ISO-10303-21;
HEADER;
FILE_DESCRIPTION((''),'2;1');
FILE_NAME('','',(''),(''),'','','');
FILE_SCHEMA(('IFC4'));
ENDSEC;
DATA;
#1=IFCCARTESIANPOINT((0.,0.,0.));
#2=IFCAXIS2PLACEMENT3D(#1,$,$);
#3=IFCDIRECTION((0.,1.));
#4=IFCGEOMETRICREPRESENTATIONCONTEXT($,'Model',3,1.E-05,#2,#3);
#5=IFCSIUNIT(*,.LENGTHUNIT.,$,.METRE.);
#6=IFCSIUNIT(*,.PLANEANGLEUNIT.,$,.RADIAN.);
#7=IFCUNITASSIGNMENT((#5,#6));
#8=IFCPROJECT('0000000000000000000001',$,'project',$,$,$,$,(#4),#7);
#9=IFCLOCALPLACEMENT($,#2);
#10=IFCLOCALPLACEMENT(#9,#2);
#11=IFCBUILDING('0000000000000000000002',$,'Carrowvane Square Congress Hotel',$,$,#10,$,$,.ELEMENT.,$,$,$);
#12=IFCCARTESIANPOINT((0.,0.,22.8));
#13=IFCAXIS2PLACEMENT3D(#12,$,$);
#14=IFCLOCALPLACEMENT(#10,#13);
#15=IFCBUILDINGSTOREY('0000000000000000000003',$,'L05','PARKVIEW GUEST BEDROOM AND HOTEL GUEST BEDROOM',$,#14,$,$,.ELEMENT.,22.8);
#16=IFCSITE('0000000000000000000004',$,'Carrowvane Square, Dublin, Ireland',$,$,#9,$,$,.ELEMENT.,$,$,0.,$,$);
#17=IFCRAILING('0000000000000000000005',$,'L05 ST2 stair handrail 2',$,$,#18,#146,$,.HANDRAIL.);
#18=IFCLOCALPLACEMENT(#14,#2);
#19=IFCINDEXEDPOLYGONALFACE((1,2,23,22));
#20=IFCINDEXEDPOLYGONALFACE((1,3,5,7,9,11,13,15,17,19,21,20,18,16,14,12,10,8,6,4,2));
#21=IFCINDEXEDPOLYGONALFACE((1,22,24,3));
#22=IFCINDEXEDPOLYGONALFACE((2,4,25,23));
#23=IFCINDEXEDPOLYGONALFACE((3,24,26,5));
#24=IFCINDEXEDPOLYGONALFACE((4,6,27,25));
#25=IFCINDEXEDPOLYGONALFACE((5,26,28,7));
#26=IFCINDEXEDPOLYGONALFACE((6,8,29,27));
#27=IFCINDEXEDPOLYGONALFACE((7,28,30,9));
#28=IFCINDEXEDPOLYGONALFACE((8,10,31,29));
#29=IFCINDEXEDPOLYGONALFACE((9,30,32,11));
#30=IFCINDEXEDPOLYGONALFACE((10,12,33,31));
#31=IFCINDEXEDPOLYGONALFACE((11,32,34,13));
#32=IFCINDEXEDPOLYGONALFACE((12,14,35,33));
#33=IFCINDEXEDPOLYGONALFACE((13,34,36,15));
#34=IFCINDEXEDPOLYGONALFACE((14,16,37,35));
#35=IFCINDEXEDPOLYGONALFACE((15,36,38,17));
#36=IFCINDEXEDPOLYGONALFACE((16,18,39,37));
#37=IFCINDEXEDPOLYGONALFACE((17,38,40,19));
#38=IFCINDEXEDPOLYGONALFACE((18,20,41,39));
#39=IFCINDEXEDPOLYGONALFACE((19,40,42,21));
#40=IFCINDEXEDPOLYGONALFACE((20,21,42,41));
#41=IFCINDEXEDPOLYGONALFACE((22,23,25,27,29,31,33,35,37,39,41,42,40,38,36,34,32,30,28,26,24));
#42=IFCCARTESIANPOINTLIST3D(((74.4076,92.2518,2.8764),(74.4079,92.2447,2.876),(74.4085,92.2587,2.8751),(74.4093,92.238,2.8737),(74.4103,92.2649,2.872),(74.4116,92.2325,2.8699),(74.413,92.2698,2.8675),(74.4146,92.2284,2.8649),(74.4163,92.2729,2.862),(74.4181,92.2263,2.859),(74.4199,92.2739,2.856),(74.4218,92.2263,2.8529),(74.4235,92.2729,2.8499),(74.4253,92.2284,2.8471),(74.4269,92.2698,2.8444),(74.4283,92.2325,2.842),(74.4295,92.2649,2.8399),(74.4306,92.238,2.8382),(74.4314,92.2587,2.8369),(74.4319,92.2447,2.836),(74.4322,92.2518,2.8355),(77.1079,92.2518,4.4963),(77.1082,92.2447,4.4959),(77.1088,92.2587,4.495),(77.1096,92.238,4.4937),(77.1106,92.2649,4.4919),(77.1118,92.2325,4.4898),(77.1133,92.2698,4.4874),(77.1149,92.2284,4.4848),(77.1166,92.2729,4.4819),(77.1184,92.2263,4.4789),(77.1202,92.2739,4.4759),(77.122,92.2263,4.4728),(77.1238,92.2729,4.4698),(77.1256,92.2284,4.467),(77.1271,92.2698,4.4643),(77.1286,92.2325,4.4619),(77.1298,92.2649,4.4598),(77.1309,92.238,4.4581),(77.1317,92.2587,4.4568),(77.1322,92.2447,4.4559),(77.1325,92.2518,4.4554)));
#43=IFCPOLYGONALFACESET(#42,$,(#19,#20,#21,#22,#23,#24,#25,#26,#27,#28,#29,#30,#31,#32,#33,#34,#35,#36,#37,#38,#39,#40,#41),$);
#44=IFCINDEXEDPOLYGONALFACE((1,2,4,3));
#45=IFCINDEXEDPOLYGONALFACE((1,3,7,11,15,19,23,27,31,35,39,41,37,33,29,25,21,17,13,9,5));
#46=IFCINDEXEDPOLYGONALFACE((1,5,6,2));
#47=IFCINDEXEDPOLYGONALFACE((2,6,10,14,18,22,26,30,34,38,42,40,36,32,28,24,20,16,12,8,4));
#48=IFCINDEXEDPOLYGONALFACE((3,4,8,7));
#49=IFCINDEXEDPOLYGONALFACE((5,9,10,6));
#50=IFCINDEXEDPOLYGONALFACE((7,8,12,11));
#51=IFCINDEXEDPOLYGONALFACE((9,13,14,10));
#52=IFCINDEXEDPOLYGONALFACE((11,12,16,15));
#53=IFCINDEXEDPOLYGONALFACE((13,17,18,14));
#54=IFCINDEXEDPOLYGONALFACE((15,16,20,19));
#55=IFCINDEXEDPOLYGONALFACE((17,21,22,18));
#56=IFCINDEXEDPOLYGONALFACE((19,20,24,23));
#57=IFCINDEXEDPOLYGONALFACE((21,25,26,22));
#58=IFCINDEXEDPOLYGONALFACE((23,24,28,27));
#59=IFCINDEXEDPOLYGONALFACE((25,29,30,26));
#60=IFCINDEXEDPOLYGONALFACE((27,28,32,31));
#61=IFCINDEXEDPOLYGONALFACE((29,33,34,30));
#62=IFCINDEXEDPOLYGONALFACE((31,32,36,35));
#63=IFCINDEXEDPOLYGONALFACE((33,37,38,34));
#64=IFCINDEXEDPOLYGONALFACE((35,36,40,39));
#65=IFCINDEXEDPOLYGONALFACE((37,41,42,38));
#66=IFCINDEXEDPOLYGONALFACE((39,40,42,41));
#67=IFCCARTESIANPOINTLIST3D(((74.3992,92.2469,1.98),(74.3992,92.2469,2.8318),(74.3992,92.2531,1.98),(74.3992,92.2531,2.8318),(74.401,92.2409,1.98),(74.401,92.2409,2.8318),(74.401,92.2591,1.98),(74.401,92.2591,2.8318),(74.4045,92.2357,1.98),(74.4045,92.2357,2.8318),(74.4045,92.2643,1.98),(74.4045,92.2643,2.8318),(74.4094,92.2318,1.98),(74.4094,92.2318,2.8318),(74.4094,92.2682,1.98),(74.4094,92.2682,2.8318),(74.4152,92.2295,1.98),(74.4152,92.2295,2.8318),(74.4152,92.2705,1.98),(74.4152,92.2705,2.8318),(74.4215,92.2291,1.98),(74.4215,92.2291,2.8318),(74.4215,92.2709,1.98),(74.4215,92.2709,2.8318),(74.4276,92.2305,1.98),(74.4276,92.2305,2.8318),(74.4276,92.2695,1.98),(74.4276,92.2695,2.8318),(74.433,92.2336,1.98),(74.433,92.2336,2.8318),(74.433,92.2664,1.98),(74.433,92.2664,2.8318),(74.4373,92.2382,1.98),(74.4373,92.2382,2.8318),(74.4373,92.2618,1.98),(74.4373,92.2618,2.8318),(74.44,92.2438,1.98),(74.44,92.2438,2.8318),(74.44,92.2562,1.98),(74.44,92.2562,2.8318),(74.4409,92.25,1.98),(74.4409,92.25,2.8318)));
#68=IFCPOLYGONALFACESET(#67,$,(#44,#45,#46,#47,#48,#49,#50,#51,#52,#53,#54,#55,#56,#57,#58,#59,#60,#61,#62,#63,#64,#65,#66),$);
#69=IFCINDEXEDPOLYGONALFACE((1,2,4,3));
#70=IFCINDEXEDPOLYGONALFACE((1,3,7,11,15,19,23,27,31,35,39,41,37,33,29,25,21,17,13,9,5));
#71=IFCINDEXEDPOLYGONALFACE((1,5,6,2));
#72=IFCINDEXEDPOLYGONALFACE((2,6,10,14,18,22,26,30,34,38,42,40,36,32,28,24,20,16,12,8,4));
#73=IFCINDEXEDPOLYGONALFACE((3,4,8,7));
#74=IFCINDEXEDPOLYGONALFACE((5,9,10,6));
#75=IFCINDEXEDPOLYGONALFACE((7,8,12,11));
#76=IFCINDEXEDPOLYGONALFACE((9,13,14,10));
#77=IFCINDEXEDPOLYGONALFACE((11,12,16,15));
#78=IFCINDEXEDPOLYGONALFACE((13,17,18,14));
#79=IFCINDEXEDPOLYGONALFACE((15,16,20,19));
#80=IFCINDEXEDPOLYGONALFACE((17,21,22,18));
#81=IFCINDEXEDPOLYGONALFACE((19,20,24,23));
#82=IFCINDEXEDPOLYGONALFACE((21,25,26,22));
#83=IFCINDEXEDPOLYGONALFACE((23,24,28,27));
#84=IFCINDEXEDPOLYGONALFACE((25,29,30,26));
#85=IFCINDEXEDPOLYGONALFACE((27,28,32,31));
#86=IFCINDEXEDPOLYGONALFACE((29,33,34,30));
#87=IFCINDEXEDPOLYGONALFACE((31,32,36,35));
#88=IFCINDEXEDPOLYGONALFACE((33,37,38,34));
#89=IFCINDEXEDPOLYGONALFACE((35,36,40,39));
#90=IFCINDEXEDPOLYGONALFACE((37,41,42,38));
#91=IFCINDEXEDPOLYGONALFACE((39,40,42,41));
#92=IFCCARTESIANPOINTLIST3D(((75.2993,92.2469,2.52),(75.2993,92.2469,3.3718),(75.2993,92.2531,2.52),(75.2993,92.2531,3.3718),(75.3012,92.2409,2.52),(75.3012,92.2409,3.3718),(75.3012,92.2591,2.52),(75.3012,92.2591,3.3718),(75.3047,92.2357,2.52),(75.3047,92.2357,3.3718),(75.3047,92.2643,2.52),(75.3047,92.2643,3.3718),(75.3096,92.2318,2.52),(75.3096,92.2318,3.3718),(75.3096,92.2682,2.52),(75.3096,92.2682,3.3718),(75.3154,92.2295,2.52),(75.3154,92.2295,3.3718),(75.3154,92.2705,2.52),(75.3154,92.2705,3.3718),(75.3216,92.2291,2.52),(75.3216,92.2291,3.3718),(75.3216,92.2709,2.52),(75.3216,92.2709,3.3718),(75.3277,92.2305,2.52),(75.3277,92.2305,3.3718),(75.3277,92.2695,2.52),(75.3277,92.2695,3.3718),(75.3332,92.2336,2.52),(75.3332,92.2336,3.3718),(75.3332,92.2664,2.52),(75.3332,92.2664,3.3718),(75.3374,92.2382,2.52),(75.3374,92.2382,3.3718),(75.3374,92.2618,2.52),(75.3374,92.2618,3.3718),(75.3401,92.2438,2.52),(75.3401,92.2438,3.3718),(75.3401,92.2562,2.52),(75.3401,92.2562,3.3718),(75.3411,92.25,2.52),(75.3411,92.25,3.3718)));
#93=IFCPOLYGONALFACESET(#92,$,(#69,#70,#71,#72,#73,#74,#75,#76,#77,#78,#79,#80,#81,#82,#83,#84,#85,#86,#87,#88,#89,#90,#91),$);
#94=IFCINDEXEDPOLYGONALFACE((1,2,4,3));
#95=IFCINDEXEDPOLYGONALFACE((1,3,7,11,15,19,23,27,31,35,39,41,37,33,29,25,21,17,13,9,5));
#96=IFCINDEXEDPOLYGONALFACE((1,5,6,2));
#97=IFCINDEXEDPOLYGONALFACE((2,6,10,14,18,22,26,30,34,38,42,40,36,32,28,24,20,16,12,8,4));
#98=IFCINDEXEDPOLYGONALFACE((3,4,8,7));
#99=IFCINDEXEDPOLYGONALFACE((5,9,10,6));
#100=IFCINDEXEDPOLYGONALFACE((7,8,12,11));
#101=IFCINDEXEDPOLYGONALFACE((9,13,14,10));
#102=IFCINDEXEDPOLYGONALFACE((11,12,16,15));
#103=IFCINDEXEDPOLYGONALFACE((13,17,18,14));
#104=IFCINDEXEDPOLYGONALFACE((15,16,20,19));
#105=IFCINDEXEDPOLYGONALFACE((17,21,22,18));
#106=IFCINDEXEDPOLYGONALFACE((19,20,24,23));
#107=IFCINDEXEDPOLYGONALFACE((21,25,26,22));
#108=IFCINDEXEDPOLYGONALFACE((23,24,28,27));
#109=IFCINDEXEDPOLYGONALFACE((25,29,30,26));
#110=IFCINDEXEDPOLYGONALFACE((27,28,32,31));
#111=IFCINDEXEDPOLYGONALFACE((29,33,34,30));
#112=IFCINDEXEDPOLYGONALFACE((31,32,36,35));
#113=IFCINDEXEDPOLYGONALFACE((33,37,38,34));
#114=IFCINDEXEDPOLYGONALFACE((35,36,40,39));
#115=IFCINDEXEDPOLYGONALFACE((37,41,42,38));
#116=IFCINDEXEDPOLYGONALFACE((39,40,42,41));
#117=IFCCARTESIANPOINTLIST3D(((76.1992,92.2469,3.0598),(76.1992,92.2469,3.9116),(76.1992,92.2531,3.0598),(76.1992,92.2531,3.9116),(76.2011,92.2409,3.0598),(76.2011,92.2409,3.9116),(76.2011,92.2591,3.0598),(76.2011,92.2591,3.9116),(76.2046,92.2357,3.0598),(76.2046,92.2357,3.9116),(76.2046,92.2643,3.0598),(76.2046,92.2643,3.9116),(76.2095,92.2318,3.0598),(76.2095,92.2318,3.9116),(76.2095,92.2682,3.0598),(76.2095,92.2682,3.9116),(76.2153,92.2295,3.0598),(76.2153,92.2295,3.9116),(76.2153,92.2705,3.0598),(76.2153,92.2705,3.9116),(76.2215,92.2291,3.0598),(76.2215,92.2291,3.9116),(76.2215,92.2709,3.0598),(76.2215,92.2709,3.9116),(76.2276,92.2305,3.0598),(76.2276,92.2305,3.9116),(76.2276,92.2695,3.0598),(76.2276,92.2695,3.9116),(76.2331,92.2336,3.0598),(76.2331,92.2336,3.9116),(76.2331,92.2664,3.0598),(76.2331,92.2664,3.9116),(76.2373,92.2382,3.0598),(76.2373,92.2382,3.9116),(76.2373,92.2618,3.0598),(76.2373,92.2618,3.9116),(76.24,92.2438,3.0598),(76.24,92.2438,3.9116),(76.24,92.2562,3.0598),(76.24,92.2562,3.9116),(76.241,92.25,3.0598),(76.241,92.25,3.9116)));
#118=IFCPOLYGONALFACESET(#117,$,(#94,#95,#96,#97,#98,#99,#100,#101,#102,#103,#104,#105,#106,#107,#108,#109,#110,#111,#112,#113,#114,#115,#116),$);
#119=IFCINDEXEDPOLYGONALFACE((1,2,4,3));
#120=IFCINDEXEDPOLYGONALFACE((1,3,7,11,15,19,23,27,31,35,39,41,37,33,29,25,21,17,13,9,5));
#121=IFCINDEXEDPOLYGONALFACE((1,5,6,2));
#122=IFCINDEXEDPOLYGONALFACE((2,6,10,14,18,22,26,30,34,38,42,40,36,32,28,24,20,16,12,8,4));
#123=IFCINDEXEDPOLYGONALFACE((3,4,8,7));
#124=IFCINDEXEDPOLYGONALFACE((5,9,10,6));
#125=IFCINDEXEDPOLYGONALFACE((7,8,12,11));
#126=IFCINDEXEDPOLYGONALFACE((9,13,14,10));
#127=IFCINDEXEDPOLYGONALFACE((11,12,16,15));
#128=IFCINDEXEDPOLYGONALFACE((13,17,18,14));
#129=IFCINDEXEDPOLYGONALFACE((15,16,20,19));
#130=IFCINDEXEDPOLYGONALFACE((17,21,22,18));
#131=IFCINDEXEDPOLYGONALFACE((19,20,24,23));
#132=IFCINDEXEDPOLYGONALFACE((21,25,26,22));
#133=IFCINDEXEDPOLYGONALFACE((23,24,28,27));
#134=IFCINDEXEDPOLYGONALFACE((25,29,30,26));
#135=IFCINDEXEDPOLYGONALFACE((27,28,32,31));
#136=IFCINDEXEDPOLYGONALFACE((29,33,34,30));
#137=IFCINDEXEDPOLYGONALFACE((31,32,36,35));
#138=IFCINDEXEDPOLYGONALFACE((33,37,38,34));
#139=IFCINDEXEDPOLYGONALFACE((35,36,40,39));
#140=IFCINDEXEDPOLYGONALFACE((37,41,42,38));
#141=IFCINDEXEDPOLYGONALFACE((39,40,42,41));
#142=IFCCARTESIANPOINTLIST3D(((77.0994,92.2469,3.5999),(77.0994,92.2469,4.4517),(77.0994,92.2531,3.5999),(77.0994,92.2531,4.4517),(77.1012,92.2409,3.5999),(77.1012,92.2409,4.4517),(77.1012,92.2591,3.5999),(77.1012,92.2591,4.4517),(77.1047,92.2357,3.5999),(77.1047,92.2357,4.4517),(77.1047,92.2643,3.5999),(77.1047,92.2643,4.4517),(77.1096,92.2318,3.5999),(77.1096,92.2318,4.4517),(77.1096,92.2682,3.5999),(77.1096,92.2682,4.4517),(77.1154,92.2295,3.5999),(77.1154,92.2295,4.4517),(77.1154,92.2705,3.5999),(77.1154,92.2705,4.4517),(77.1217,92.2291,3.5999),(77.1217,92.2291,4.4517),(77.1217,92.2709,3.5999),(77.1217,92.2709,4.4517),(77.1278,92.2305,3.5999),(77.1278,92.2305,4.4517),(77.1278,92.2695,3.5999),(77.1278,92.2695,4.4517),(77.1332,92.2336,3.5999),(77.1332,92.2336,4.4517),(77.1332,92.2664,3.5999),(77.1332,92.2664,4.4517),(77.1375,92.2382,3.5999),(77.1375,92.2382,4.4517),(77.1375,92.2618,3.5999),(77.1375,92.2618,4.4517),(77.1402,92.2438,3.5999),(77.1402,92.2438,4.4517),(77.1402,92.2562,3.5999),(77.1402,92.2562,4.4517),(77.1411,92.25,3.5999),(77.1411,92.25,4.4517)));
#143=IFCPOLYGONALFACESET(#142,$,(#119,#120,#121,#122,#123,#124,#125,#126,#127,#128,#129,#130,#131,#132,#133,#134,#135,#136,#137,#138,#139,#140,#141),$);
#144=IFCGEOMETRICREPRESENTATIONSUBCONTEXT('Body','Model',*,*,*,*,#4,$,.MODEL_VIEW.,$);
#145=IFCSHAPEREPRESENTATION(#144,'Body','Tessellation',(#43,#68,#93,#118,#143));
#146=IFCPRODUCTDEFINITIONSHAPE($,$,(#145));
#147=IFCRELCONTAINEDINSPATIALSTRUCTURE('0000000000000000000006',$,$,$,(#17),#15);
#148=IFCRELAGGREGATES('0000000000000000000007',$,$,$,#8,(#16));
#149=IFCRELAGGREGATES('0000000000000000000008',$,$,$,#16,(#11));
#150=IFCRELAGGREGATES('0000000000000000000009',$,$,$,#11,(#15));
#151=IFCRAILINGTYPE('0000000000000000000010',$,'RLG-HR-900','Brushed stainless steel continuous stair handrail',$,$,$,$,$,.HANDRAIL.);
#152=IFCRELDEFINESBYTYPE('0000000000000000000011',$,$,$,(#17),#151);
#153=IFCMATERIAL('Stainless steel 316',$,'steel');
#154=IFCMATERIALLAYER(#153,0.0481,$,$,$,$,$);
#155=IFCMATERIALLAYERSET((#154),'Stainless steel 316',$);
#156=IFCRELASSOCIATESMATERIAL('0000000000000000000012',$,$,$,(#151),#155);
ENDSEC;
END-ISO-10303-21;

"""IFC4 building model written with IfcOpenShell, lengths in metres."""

from ifc_helpers import new_model, si_unit, direction, frame, origin, origin_2d, place, context, subcontext, project, spatial, circle, extrude, material, layer, layer_set, type_object, element, save


model = new_model("IFC4")

# Units and contexts
model_context = context("Model", 3, precision=1e-05, world=origin(), true_north=direction((0.0, 1.0)))
body_context = subcontext(model_context, "Body", "Model", "MODEL_VIEW")
ifc_project = project(units=[si_unit("LENGTHUNIT", "METRE"), si_unit("PLANEANGLEUNIT", "RADIAN")], contexts=[model_context])

# Site, building, storey
site_placement = place(None, origin())
site = spatial("IfcSite", under=ifc_project, at=site_placement, Name="Carrowvane Square, Dublin, Ireland", CompositionType="ELEMENT", RefElevation=0.0)
building_placement = place(site_placement, origin())
building = spatial("IfcBuilding", under=site, at=building_placement, Name="Carrowvane Square Congress Hotel", CompositionType="ELEMENT")
storey_placement = place(building_placement, frame((0.0, 0.0, 22.8)))
storey = spatial("IfcBuildingStorey", under=building, at=storey_placement, Name="L05", Description="PARKVIEW GUEST BEDROOM AND HOTEL GUEST BEDROOM", CompositionType="ELEMENT", Elevation=22.8)

# Railing
ifc_material_1 = material(Name="Stainless steel 316", Category="steel")
ifc_layer_1 = layer(ifc_material_1, 0.0481)
ifc_layer_set_1 = layer_set([ifc_layer_1], Name="Stainless steel 316")
railing_type_1 = type_object("IfcRailingType", Name="RLG-HR-900", Description="Brushed stainless steel continuous stair handrail", PredefinedType="HANDRAIL", material=ifc_layer_set_1)
railing_1_placement = place(storey_placement, frame((74.4199, 92.25, 1.98)))
element("IfcRailing", 1, at=railing_1_placement, inside=storey, type_object=railing_type_1, Name="L05 ST2 stair handrail 2", PredefinedType="HANDRAIL", context=body_context, shape_type="SweptSolid", body=[
    extrude(circle(Radius=0.0239, at=origin_2d()), frame((0.0, 0.0, 0.876), z_axis=(0.857527, 0.0, 0.514439), x_axis=(0.0, 1.0, 0.0)), (0.0, 0.0, 1.0), 3.1489),
    extrude(circle(Radius=0.021, at=origin_2d()), origin(), (0.0, 0.0, 1.0), 0.8518),
    extrude(circle(Radius=0.021, at=origin_2d()), frame((0.9001, 0.0, 0.54)), (0.0, 0.0, 1.0), 0.8518),
    extrude(circle(Radius=0.021, at=origin_2d()), frame((1.8, 0.0, 1.0798)), (0.0, 0.0, 1.0), 0.8518),
    extrude(circle(Radius=0.021, at=origin_2d()), frame((2.7002, 0.0, 1.6199)), (0.0, 0.0, 1.0), 0.8518),
])

save(model, "model.ifc")
